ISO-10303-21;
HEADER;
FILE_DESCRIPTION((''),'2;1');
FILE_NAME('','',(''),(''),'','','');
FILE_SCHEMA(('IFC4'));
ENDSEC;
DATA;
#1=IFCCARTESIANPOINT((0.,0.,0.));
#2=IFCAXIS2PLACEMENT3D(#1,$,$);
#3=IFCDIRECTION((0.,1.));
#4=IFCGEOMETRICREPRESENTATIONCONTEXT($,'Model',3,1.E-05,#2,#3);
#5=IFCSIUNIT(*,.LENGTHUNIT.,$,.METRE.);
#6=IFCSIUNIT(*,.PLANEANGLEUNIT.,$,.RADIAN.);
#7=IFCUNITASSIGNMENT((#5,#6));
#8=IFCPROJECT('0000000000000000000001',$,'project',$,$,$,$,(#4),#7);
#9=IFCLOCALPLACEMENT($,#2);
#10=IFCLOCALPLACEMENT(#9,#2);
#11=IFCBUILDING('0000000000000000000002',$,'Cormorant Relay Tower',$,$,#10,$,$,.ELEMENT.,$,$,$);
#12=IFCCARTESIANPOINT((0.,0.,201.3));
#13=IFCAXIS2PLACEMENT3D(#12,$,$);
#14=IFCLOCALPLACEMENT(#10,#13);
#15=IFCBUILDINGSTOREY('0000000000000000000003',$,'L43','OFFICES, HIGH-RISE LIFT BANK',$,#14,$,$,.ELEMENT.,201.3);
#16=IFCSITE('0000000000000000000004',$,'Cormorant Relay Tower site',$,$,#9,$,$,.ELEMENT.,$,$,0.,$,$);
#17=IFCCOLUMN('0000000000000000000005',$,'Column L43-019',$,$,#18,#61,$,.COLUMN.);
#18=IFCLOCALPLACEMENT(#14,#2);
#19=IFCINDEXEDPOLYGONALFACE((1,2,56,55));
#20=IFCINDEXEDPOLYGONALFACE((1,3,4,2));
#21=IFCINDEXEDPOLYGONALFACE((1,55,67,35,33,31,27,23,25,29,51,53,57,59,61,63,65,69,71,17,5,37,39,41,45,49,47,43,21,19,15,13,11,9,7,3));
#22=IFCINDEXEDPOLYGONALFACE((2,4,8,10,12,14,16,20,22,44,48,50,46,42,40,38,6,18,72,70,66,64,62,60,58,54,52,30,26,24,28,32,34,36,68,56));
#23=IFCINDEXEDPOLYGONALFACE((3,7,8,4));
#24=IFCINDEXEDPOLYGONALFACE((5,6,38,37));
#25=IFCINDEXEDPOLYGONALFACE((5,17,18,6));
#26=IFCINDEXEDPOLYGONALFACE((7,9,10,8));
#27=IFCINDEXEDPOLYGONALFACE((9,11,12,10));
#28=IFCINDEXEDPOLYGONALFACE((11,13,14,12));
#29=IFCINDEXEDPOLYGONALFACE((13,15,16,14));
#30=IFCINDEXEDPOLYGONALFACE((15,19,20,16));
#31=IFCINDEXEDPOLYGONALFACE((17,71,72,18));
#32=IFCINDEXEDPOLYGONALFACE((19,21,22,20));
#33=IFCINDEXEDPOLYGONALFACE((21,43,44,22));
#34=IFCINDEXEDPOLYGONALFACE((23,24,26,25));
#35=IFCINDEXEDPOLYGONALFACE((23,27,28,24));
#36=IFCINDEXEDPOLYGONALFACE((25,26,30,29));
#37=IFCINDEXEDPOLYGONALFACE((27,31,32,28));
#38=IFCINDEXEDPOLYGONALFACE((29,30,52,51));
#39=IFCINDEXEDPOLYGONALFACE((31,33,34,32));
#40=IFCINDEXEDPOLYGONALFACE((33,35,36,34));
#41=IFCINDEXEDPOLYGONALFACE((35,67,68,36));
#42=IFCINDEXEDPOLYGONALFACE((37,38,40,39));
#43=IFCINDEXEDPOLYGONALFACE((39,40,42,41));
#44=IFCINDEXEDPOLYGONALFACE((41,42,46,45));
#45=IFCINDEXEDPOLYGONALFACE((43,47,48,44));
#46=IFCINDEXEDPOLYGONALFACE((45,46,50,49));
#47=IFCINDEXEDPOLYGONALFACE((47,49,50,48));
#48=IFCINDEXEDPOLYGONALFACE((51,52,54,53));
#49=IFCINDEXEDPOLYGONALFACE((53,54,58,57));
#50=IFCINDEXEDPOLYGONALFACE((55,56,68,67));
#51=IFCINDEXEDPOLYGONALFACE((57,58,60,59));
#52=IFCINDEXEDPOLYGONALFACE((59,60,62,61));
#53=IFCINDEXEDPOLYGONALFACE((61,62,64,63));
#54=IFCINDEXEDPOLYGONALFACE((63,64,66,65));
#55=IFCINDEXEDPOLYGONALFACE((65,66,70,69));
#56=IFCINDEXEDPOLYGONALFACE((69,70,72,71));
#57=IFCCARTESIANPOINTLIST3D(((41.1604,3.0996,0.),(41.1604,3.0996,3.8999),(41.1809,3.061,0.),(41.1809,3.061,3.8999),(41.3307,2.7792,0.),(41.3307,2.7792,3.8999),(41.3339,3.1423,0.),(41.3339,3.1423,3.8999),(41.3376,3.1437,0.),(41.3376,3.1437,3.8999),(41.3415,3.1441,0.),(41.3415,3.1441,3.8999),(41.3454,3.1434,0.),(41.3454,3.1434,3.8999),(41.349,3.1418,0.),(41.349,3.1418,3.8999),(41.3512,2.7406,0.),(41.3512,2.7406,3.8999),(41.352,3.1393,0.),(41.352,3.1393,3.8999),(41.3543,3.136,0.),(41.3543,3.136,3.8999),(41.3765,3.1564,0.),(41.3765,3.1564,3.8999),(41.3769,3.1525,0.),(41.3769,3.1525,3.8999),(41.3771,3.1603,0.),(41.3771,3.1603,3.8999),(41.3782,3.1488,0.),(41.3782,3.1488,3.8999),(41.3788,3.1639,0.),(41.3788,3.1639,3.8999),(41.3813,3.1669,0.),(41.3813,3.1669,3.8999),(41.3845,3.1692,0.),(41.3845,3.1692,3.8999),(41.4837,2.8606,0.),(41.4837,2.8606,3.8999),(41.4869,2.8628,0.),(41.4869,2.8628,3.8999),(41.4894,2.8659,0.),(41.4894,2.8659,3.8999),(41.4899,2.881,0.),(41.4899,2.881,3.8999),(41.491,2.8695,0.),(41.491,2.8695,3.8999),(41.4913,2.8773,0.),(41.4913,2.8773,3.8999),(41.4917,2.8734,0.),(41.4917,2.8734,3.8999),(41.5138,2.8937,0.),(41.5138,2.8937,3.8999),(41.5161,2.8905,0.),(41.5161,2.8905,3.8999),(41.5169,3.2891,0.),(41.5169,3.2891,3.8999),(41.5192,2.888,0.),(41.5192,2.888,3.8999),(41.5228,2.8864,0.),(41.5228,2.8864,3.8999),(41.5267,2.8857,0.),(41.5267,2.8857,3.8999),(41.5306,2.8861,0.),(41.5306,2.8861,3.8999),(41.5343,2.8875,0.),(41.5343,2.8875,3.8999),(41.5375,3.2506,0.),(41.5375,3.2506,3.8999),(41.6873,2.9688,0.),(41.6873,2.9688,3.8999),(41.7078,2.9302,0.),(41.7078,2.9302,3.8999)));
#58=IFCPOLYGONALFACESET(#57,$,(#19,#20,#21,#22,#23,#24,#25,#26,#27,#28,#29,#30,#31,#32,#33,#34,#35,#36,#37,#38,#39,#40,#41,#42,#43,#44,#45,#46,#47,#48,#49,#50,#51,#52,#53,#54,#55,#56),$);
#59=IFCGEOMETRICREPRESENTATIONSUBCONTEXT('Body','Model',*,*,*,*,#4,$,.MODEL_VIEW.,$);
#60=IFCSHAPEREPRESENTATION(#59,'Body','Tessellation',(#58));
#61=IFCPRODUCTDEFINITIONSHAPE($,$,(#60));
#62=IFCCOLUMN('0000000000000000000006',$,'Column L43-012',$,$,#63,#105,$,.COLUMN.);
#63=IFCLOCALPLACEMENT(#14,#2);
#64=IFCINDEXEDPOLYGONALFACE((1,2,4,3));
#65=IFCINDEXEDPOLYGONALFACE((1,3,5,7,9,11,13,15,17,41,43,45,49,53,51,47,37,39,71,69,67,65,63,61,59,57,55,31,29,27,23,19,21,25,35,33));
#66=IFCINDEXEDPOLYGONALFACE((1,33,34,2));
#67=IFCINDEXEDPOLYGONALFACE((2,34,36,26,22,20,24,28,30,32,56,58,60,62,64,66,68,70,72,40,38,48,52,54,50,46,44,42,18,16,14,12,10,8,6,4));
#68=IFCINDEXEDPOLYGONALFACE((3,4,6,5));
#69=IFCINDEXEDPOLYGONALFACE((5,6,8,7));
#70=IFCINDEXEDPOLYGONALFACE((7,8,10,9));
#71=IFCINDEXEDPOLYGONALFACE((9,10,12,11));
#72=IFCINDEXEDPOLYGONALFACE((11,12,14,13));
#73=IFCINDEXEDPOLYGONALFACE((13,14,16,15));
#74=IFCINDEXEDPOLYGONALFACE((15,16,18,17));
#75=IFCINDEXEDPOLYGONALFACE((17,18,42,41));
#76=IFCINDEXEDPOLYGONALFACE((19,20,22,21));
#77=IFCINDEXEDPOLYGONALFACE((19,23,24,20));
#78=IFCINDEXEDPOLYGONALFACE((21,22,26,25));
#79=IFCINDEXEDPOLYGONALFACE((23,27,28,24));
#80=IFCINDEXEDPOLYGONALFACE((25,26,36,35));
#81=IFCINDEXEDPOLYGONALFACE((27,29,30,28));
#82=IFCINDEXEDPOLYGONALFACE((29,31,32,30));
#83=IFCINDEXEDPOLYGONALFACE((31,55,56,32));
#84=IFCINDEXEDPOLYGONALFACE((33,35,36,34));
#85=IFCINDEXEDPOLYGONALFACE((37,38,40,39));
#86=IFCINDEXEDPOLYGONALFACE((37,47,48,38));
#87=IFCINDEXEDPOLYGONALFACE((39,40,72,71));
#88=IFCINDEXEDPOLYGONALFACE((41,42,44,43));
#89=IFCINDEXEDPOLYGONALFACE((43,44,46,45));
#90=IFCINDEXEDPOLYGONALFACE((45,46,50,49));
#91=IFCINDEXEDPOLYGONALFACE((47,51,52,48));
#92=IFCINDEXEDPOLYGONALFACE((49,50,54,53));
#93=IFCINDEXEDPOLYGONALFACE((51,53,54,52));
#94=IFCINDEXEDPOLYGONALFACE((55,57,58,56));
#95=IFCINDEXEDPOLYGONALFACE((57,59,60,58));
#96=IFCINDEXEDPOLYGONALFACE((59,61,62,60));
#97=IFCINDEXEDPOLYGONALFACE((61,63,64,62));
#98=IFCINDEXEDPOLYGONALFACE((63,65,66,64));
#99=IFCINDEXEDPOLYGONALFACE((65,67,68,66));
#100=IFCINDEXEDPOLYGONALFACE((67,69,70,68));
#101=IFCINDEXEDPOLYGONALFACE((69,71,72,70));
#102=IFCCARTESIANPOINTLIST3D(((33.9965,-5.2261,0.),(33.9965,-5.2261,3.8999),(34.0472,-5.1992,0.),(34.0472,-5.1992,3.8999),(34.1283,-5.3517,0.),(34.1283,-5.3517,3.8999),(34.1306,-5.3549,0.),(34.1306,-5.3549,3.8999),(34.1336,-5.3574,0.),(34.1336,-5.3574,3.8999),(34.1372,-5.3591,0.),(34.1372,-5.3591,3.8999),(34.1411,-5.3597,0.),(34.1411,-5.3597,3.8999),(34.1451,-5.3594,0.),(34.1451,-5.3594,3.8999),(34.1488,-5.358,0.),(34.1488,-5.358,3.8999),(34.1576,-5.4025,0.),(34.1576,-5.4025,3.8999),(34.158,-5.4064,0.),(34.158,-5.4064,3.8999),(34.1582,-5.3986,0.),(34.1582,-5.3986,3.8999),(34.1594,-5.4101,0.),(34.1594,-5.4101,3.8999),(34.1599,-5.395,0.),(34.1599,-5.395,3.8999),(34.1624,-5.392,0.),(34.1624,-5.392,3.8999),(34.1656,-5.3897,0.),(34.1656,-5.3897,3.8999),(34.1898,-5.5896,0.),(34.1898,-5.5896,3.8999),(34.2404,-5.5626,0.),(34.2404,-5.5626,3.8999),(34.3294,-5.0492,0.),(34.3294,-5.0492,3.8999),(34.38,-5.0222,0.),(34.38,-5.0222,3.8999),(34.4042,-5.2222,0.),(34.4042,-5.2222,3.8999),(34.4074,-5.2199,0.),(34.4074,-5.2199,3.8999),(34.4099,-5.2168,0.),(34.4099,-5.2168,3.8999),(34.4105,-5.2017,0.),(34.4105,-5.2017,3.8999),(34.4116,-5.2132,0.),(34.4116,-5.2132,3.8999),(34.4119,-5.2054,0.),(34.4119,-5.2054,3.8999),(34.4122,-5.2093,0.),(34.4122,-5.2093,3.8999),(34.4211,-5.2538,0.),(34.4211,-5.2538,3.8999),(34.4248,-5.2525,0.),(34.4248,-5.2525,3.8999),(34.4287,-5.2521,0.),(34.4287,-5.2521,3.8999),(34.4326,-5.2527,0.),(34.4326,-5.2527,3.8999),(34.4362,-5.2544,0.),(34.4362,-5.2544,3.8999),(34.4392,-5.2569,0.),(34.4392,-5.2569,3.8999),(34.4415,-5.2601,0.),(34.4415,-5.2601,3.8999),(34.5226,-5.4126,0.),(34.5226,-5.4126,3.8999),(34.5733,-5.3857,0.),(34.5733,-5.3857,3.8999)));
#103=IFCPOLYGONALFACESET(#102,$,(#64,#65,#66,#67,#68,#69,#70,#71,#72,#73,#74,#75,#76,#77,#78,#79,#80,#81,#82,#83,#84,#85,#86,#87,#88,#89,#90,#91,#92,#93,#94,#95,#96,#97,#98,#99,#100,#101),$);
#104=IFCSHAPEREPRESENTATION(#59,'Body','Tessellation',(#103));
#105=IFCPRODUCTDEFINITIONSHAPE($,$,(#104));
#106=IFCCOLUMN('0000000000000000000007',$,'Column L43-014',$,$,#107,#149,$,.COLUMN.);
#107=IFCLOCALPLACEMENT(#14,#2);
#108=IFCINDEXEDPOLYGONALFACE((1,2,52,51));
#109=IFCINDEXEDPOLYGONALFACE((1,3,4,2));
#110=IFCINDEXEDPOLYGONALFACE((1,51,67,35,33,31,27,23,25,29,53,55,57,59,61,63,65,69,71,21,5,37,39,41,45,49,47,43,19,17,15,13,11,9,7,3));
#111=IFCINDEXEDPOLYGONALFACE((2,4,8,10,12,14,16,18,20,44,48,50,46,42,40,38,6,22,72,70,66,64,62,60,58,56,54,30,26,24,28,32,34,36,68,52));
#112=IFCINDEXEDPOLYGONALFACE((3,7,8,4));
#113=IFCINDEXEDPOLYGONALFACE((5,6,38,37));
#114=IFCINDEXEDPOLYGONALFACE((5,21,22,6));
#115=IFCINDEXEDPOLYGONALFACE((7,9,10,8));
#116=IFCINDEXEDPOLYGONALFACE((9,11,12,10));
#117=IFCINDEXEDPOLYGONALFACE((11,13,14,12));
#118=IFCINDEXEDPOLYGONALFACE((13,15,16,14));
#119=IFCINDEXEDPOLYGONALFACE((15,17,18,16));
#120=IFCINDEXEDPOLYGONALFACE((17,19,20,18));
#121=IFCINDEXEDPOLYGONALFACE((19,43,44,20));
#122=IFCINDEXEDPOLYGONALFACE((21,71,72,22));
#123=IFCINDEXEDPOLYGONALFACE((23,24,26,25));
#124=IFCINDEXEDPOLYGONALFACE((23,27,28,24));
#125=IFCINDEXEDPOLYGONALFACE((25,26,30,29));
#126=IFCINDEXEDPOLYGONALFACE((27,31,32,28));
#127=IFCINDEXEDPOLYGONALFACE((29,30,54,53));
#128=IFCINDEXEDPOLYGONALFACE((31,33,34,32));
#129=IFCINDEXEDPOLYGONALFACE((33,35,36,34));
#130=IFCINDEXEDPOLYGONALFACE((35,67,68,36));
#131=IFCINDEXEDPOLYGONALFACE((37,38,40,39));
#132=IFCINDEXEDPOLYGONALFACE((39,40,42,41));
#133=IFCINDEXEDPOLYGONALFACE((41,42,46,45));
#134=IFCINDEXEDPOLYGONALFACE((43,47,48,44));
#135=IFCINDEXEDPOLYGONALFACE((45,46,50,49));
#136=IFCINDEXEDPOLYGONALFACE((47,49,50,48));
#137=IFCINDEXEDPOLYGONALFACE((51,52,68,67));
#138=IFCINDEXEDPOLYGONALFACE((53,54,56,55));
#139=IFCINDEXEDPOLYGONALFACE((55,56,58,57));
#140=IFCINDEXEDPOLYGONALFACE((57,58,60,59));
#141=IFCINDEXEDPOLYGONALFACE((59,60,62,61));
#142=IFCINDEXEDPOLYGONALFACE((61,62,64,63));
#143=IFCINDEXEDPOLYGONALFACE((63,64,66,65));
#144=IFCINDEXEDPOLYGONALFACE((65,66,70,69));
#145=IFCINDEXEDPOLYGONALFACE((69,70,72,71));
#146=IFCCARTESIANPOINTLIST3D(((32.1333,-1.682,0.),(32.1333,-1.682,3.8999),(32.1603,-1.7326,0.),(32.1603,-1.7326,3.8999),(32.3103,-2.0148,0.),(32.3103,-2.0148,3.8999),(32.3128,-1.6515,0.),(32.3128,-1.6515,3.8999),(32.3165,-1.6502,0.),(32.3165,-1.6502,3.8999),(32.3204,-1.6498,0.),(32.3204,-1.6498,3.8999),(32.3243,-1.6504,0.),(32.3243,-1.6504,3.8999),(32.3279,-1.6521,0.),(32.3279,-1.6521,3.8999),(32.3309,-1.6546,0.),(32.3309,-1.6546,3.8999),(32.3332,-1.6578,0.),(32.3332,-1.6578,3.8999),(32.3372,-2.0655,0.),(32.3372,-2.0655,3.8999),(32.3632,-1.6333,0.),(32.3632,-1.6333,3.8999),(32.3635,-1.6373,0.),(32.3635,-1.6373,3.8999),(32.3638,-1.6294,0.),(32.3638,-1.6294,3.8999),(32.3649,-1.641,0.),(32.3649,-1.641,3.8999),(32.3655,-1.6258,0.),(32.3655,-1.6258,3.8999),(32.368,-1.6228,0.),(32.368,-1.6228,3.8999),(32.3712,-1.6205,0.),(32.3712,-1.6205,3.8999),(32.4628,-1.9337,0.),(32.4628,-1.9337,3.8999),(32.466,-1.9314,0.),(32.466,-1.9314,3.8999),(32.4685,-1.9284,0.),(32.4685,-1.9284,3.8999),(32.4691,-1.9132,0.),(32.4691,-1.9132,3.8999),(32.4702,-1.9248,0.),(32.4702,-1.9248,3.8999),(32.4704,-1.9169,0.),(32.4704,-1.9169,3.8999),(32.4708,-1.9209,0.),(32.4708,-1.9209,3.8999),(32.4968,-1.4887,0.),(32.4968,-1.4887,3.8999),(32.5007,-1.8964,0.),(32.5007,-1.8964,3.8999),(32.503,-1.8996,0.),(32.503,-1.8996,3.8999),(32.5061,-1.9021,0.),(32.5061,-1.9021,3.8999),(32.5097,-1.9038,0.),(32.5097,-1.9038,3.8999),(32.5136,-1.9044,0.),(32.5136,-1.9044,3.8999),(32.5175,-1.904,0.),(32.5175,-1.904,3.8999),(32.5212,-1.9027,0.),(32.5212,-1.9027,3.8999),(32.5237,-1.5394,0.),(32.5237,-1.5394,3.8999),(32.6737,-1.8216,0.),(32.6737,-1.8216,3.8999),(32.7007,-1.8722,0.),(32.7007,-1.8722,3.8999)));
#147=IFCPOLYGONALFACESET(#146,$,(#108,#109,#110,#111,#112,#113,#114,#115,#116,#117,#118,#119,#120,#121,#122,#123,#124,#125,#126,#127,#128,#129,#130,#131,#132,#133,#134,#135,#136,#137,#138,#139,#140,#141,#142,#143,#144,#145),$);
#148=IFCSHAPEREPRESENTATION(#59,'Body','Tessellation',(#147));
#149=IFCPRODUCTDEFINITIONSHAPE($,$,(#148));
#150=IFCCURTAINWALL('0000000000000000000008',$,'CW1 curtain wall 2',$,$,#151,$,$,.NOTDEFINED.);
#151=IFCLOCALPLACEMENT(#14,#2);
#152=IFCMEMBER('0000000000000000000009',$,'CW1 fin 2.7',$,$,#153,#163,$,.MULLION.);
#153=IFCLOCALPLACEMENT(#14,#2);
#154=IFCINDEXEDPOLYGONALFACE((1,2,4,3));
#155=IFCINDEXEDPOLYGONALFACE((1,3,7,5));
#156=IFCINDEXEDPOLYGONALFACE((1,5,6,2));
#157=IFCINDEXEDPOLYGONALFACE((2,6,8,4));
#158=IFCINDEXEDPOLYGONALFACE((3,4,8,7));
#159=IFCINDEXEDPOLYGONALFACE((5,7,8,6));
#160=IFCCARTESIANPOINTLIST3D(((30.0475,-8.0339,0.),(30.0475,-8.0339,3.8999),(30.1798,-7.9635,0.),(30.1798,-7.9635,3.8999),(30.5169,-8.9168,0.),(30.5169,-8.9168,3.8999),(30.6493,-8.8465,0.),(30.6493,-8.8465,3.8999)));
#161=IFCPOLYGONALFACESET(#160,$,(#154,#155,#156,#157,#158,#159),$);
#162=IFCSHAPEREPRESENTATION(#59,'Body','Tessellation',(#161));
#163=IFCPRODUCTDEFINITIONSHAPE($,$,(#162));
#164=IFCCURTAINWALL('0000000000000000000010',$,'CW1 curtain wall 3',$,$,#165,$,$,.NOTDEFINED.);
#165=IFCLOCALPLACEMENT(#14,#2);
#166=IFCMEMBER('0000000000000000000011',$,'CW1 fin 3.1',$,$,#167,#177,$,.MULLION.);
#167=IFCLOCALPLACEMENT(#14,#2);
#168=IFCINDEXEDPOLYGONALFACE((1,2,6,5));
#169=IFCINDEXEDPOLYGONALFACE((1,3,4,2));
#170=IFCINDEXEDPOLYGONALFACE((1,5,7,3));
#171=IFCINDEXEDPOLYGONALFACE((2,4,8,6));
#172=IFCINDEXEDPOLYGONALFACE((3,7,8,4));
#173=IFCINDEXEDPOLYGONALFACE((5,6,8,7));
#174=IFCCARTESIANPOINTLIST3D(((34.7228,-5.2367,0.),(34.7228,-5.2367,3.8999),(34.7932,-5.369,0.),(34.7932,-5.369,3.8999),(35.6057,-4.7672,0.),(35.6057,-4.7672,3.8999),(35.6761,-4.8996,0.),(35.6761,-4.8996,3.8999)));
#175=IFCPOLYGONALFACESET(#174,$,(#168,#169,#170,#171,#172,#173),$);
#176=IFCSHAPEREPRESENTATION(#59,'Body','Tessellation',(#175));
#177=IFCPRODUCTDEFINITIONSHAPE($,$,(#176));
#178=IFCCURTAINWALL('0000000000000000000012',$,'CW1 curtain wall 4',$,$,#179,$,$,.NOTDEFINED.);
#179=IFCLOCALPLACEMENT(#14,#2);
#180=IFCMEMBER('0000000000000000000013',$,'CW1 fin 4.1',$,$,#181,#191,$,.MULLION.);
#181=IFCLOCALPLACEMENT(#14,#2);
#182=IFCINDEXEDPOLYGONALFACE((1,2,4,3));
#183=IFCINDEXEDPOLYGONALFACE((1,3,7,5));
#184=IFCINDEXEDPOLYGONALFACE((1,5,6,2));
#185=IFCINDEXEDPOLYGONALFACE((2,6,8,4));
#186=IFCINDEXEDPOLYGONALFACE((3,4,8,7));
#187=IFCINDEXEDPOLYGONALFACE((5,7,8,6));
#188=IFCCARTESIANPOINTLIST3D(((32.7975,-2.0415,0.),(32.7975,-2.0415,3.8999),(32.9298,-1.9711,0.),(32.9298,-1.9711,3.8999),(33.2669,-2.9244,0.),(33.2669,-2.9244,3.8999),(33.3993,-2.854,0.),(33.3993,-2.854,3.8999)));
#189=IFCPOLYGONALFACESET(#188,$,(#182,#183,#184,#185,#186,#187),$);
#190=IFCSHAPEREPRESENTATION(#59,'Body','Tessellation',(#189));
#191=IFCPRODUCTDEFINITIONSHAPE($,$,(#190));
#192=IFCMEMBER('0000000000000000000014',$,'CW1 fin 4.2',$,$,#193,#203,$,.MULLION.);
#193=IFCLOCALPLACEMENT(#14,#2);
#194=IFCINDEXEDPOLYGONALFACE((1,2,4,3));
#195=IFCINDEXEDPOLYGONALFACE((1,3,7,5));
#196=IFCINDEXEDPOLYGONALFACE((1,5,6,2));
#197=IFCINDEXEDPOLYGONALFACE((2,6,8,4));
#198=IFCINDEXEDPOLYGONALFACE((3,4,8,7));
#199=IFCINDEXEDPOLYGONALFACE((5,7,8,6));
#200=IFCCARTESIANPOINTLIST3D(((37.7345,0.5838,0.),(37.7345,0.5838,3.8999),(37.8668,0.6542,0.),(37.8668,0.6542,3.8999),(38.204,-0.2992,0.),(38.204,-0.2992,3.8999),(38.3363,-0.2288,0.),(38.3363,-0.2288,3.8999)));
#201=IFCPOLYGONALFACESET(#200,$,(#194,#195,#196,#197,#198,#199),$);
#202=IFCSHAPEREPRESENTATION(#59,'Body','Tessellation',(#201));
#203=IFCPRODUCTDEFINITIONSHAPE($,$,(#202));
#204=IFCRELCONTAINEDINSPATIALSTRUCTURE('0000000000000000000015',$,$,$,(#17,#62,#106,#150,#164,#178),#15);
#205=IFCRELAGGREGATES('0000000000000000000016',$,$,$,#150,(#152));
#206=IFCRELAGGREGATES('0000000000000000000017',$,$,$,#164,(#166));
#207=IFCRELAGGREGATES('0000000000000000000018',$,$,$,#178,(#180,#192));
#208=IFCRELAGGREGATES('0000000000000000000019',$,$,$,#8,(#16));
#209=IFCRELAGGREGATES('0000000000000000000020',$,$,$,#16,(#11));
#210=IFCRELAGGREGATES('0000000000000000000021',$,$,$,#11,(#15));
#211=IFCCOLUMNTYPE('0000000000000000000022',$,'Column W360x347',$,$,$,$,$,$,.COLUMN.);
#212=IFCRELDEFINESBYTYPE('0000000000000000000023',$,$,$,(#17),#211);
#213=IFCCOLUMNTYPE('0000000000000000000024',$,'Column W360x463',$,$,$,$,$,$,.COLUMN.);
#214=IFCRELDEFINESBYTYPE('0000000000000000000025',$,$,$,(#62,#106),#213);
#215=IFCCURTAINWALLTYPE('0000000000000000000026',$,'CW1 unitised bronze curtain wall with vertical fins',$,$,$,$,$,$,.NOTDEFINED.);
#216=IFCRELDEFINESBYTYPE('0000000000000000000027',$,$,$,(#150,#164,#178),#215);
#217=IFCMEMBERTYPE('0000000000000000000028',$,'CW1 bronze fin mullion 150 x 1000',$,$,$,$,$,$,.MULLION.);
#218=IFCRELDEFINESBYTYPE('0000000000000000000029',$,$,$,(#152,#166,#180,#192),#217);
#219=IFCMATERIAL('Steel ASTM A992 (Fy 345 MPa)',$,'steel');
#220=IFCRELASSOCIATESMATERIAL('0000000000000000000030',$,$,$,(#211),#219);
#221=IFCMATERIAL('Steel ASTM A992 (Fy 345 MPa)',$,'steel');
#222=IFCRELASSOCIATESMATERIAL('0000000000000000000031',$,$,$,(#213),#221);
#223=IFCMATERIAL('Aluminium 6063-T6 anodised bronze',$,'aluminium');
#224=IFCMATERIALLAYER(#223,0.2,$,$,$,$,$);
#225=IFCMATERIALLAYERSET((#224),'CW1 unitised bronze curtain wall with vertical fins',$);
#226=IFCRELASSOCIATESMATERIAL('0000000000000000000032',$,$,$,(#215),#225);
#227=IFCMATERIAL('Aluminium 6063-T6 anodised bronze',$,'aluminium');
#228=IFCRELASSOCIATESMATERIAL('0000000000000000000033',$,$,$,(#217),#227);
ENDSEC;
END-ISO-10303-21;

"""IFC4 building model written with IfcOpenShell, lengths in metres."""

from ifc_helpers import new_model, si_unit, direction, frame, origin, origin_2d, place, context, subcontext, project, spatial, rectangle, i_section, extrude, material, layer, layer_set, material_profile, profile_set, type_object, element, aggregate, save


model = new_model("IFC4")

# Units and contexts
model_context = context("Model", 3, precision=1e-05, world=origin(), true_north=direction((0.0, 1.0)))
body_context = subcontext(model_context, "Body", "Model", "MODEL_VIEW")
ifc_project = project(units=[si_unit("LENGTHUNIT", "METRE"), si_unit("PLANEANGLEUNIT", "RADIAN")], contexts=[model_context])

# Site, building, storey
site_placement = place(None, origin())
site = spatial("IfcSite", under=ifc_project, at=site_placement, Name="Cormorant Relay Tower site", CompositionType="ELEMENT", RefElevation=0.0)
building_placement = place(site_placement, origin())
building = spatial("IfcBuilding", under=site, at=building_placement, Name="Cormorant Relay Tower", CompositionType="ELEMENT")
storey_placement = place(building_placement, frame((0.0, 0.0, 201.3)))
storey = spatial("IfcBuildingStorey", under=building, at=storey_placement, Name="L43", Description="OFFICES, HIGH-RISE LIFT BANK", CompositionType="ELEMENT", Elevation=201.3)

# Columns
ifc_material_1 = material(Name="Steel ASTM A992 (Fy 345 MPa)", Category="steel")
ifc_material_profile_1 = material_profile(ifc_material_1, i_section(OverallWidth=0.4038, OverallDepth=0.4065, WebThickness=0.0271, FlangeThickness=0.0437, FilletRadius=0.0151, at=origin_2d()), Name="W360x347")
ifc_profile_set_1 = profile_set([ifc_material_profile_1], Name="Steel ASTM A992 (Fy 345 MPa)")
column_type_1 = type_object("IfcColumnType", Name="Column W360x347", PredefinedType="COLUMN", material=ifc_profile_set_1)
column_placement = place(storey_placement, frame((41.4341, 3.0149, 0.0), z_axis=(0.0, 0.0, 1.0), x_axis=(0.882948, 0.469472, 0.0)))
element("IfcColumn", 1, at=column_placement, inside=storey, type_object=column_type_1, Name="Column L43-019", PredefinedType="COLUMN", context=body_context, shape_type="SweptSolid", body=[
    extrude(i_section(OverallWidth=0.4038, OverallDepth=0.4065, WebThickness=0.0271, FlangeThickness=0.0437, FilletRadius=0.0151, at=origin_2d()), origin(), (0.0, 0.0, 1.0), 3.8999),
])
ifc_material_2 = material(Name="Steel ASTM A992 (Fy 345 MPa)", Category="steel")
ifc_material_profile_2 = material_profile(ifc_material_2, i_section(OverallWidth=0.4116, OverallDepth=0.4343, WebThickness=0.0359, FlangeThickness=0.0574, FilletRadius=0.0151, at=origin_2d()), Name="W360x463")
ifc_profile_set_2 = profile_set([ifc_material_profile_2], Name="Steel ASTM A992 (Fy 345 MPa)")
column_type_2 = type_object("IfcColumnType", Name="Column W360x463", PredefinedType="COLUMN", material=ifc_profile_set_2)
for number, where, z_axis, x_axis, name in (
    (2, (34.2849, -5.3059, 0.0), (0.0, 0.0, 1.0), (-0.469472, 0.882948, 0.0), "Column L43-012"),
    (3, (32.417, -1.7771, 0.0), (0.0, 0.0, 1.0), (0.882948, 0.469472, 0.0), "Column L43-014"),
):
    element("IfcColumn", number, at=place(storey_placement, frame(where, z_axis=z_axis, x_axis=x_axis)), inside=storey, type_object=column_type_2, Name=name, PredefinedType="COLUMN", context=body_context, shape_type="SweptSolid", body=[
        extrude(i_section(OverallWidth=0.4116, OverallDepth=0.4343, WebThickness=0.0359, FlangeThickness=0.0574, FilletRadius=0.0151, at=origin_2d()), origin(), (0.0, 0.0, 1.0), 3.8999),
    ])

# Curtain walls, members
ifc_material_3 = material(Name="Aluminium 6063-T6 anodised bronze", Category="aluminium")
ifc_layer_1 = layer(ifc_material_3, 0.2)
ifc_layer_set_1 = layer_set([ifc_layer_1], Name="CW1 unitised bronze curtain wall with vertical fins")
curtain_wall_type = type_object("IfcCurtainWallType", Name="CW1 unitised bronze curtain wall with vertical fins", PredefinedType="NOTDEFINED", material=ifc_layer_set_1)
curtain_wall_1_placement = place(storey_placement, origin())
curtain_wall_1 = element("IfcCurtainWall", 4, at=curtain_wall_1_placement, inside=storey, type_object=curtain_wall_type, Name="CW1 curtain wall 2", PredefinedType="NOTDEFINED")
ifc_material_4 = material(Name="Aluminium 6063-T6 anodised bronze", Category="aluminium")
ifc_material_profile_3 = material_profile(ifc_material_4, rectangle(XDim=0.1499, YDim=1.0, at=origin_2d()), Name="AL 150x1000")
ifc_profile_set_3 = profile_set([ifc_material_profile_3], Name="Aluminium 6063-T6 anodised bronze")
member_type_1 = type_object("IfcMemberType", Name="CW1 bronze fin mullion 150 x 1000", PredefinedType="MULLION", material=ifc_profile_set_3)
member_1_placement = place(storey_placement, frame((30.3484, -8.4402, 0.0), z_axis=(0.0, 0.0, 1.0), x_axis=(0.882948, 0.469472, 0.0)))
member_1 = element("IfcMember", 5, at=member_1_placement, type_object=member_type_1, Name="CW1 fin 2.7", PredefinedType="MULLION", context=body_context, shape_type="SweptSolid", body=[
    extrude(rectangle(XDim=0.1499, YDim=1.0, at=origin_2d()), origin(), (0.0, 0.0, 1.0), 3.8999),
])
curtain_wall_2_placement = place(storey_placement, origin())
curtain_wall_2 = element("IfcCurtainWall", 6, at=curtain_wall_2_placement, inside=storey, type_object=curtain_wall_type, Name="CW1 curtain wall 3", PredefinedType="NOTDEFINED")
member_2_placement = place(storey_placement, frame((35.1995, -5.0681, 0.0), z_axis=(0.0, 0.0, 1.0), x_axis=(-0.469472, 0.882948, 0.0)))
member_2 = element("IfcMember", 7, at=member_2_placement, type_object=member_type_1, Name="CW1 fin 3.1", PredefinedType="MULLION", context=body_context, shape_type="SweptSolid", body=[
    extrude(rectangle(XDim=0.1499, YDim=1.0, at=origin_2d()), origin(), (0.0, 0.0, 1.0), 3.8999),
])

# Curtain wall, members
curtain_wall_3_placement = place(storey_placement, origin())
curtain_wall_3 = element("IfcCurtainWall", 8, at=curtain_wall_3_placement, inside=storey, type_object=curtain_wall_type, Name="CW1 curtain wall 4", PredefinedType="NOTDEFINED")
member_3_placement = place(storey_placement, frame((33.0984, -2.4478, 0.0), z_axis=(0.0, 0.0, 1.0), x_axis=(0.882948, 0.469472, 0.0)))
member_3 = element("IfcMember", 9, at=member_3_placement, type_object=member_type_1, Name="CW1 fin 4.1", PredefinedType="MULLION", context=body_context, shape_type="SweptSolid", body=[
    extrude(rectangle(XDim=0.1499, YDim=1.0, at=origin_2d()), origin(), (0.0, 0.0, 1.0), 3.8999),
])
member_4_placement = place(storey_placement, frame((38.0354, 0.1775, 0.0), z_axis=(0.0, 0.0, 1.0), x_axis=(0.882948, 0.469472, 0.0)))
member_4 = element("IfcMember", 10, at=member_4_placement, type_object=member_type_1, Name="CW1 fin 4.2", PredefinedType="MULLION", context=body_context, shape_type="SweptSolid", body=[
    extrude(rectangle(XDim=0.1499, YDim=1.0, at=origin_2d()), origin(), (0.0, 0.0, 1.0), 3.8999),
])

aggregate(curtain_wall_1, [member_1])
aggregate(curtain_wall_2, [member_2])
aggregate(curtain_wall_3, [member_3, member_4])

save(model, "model.ifc")
